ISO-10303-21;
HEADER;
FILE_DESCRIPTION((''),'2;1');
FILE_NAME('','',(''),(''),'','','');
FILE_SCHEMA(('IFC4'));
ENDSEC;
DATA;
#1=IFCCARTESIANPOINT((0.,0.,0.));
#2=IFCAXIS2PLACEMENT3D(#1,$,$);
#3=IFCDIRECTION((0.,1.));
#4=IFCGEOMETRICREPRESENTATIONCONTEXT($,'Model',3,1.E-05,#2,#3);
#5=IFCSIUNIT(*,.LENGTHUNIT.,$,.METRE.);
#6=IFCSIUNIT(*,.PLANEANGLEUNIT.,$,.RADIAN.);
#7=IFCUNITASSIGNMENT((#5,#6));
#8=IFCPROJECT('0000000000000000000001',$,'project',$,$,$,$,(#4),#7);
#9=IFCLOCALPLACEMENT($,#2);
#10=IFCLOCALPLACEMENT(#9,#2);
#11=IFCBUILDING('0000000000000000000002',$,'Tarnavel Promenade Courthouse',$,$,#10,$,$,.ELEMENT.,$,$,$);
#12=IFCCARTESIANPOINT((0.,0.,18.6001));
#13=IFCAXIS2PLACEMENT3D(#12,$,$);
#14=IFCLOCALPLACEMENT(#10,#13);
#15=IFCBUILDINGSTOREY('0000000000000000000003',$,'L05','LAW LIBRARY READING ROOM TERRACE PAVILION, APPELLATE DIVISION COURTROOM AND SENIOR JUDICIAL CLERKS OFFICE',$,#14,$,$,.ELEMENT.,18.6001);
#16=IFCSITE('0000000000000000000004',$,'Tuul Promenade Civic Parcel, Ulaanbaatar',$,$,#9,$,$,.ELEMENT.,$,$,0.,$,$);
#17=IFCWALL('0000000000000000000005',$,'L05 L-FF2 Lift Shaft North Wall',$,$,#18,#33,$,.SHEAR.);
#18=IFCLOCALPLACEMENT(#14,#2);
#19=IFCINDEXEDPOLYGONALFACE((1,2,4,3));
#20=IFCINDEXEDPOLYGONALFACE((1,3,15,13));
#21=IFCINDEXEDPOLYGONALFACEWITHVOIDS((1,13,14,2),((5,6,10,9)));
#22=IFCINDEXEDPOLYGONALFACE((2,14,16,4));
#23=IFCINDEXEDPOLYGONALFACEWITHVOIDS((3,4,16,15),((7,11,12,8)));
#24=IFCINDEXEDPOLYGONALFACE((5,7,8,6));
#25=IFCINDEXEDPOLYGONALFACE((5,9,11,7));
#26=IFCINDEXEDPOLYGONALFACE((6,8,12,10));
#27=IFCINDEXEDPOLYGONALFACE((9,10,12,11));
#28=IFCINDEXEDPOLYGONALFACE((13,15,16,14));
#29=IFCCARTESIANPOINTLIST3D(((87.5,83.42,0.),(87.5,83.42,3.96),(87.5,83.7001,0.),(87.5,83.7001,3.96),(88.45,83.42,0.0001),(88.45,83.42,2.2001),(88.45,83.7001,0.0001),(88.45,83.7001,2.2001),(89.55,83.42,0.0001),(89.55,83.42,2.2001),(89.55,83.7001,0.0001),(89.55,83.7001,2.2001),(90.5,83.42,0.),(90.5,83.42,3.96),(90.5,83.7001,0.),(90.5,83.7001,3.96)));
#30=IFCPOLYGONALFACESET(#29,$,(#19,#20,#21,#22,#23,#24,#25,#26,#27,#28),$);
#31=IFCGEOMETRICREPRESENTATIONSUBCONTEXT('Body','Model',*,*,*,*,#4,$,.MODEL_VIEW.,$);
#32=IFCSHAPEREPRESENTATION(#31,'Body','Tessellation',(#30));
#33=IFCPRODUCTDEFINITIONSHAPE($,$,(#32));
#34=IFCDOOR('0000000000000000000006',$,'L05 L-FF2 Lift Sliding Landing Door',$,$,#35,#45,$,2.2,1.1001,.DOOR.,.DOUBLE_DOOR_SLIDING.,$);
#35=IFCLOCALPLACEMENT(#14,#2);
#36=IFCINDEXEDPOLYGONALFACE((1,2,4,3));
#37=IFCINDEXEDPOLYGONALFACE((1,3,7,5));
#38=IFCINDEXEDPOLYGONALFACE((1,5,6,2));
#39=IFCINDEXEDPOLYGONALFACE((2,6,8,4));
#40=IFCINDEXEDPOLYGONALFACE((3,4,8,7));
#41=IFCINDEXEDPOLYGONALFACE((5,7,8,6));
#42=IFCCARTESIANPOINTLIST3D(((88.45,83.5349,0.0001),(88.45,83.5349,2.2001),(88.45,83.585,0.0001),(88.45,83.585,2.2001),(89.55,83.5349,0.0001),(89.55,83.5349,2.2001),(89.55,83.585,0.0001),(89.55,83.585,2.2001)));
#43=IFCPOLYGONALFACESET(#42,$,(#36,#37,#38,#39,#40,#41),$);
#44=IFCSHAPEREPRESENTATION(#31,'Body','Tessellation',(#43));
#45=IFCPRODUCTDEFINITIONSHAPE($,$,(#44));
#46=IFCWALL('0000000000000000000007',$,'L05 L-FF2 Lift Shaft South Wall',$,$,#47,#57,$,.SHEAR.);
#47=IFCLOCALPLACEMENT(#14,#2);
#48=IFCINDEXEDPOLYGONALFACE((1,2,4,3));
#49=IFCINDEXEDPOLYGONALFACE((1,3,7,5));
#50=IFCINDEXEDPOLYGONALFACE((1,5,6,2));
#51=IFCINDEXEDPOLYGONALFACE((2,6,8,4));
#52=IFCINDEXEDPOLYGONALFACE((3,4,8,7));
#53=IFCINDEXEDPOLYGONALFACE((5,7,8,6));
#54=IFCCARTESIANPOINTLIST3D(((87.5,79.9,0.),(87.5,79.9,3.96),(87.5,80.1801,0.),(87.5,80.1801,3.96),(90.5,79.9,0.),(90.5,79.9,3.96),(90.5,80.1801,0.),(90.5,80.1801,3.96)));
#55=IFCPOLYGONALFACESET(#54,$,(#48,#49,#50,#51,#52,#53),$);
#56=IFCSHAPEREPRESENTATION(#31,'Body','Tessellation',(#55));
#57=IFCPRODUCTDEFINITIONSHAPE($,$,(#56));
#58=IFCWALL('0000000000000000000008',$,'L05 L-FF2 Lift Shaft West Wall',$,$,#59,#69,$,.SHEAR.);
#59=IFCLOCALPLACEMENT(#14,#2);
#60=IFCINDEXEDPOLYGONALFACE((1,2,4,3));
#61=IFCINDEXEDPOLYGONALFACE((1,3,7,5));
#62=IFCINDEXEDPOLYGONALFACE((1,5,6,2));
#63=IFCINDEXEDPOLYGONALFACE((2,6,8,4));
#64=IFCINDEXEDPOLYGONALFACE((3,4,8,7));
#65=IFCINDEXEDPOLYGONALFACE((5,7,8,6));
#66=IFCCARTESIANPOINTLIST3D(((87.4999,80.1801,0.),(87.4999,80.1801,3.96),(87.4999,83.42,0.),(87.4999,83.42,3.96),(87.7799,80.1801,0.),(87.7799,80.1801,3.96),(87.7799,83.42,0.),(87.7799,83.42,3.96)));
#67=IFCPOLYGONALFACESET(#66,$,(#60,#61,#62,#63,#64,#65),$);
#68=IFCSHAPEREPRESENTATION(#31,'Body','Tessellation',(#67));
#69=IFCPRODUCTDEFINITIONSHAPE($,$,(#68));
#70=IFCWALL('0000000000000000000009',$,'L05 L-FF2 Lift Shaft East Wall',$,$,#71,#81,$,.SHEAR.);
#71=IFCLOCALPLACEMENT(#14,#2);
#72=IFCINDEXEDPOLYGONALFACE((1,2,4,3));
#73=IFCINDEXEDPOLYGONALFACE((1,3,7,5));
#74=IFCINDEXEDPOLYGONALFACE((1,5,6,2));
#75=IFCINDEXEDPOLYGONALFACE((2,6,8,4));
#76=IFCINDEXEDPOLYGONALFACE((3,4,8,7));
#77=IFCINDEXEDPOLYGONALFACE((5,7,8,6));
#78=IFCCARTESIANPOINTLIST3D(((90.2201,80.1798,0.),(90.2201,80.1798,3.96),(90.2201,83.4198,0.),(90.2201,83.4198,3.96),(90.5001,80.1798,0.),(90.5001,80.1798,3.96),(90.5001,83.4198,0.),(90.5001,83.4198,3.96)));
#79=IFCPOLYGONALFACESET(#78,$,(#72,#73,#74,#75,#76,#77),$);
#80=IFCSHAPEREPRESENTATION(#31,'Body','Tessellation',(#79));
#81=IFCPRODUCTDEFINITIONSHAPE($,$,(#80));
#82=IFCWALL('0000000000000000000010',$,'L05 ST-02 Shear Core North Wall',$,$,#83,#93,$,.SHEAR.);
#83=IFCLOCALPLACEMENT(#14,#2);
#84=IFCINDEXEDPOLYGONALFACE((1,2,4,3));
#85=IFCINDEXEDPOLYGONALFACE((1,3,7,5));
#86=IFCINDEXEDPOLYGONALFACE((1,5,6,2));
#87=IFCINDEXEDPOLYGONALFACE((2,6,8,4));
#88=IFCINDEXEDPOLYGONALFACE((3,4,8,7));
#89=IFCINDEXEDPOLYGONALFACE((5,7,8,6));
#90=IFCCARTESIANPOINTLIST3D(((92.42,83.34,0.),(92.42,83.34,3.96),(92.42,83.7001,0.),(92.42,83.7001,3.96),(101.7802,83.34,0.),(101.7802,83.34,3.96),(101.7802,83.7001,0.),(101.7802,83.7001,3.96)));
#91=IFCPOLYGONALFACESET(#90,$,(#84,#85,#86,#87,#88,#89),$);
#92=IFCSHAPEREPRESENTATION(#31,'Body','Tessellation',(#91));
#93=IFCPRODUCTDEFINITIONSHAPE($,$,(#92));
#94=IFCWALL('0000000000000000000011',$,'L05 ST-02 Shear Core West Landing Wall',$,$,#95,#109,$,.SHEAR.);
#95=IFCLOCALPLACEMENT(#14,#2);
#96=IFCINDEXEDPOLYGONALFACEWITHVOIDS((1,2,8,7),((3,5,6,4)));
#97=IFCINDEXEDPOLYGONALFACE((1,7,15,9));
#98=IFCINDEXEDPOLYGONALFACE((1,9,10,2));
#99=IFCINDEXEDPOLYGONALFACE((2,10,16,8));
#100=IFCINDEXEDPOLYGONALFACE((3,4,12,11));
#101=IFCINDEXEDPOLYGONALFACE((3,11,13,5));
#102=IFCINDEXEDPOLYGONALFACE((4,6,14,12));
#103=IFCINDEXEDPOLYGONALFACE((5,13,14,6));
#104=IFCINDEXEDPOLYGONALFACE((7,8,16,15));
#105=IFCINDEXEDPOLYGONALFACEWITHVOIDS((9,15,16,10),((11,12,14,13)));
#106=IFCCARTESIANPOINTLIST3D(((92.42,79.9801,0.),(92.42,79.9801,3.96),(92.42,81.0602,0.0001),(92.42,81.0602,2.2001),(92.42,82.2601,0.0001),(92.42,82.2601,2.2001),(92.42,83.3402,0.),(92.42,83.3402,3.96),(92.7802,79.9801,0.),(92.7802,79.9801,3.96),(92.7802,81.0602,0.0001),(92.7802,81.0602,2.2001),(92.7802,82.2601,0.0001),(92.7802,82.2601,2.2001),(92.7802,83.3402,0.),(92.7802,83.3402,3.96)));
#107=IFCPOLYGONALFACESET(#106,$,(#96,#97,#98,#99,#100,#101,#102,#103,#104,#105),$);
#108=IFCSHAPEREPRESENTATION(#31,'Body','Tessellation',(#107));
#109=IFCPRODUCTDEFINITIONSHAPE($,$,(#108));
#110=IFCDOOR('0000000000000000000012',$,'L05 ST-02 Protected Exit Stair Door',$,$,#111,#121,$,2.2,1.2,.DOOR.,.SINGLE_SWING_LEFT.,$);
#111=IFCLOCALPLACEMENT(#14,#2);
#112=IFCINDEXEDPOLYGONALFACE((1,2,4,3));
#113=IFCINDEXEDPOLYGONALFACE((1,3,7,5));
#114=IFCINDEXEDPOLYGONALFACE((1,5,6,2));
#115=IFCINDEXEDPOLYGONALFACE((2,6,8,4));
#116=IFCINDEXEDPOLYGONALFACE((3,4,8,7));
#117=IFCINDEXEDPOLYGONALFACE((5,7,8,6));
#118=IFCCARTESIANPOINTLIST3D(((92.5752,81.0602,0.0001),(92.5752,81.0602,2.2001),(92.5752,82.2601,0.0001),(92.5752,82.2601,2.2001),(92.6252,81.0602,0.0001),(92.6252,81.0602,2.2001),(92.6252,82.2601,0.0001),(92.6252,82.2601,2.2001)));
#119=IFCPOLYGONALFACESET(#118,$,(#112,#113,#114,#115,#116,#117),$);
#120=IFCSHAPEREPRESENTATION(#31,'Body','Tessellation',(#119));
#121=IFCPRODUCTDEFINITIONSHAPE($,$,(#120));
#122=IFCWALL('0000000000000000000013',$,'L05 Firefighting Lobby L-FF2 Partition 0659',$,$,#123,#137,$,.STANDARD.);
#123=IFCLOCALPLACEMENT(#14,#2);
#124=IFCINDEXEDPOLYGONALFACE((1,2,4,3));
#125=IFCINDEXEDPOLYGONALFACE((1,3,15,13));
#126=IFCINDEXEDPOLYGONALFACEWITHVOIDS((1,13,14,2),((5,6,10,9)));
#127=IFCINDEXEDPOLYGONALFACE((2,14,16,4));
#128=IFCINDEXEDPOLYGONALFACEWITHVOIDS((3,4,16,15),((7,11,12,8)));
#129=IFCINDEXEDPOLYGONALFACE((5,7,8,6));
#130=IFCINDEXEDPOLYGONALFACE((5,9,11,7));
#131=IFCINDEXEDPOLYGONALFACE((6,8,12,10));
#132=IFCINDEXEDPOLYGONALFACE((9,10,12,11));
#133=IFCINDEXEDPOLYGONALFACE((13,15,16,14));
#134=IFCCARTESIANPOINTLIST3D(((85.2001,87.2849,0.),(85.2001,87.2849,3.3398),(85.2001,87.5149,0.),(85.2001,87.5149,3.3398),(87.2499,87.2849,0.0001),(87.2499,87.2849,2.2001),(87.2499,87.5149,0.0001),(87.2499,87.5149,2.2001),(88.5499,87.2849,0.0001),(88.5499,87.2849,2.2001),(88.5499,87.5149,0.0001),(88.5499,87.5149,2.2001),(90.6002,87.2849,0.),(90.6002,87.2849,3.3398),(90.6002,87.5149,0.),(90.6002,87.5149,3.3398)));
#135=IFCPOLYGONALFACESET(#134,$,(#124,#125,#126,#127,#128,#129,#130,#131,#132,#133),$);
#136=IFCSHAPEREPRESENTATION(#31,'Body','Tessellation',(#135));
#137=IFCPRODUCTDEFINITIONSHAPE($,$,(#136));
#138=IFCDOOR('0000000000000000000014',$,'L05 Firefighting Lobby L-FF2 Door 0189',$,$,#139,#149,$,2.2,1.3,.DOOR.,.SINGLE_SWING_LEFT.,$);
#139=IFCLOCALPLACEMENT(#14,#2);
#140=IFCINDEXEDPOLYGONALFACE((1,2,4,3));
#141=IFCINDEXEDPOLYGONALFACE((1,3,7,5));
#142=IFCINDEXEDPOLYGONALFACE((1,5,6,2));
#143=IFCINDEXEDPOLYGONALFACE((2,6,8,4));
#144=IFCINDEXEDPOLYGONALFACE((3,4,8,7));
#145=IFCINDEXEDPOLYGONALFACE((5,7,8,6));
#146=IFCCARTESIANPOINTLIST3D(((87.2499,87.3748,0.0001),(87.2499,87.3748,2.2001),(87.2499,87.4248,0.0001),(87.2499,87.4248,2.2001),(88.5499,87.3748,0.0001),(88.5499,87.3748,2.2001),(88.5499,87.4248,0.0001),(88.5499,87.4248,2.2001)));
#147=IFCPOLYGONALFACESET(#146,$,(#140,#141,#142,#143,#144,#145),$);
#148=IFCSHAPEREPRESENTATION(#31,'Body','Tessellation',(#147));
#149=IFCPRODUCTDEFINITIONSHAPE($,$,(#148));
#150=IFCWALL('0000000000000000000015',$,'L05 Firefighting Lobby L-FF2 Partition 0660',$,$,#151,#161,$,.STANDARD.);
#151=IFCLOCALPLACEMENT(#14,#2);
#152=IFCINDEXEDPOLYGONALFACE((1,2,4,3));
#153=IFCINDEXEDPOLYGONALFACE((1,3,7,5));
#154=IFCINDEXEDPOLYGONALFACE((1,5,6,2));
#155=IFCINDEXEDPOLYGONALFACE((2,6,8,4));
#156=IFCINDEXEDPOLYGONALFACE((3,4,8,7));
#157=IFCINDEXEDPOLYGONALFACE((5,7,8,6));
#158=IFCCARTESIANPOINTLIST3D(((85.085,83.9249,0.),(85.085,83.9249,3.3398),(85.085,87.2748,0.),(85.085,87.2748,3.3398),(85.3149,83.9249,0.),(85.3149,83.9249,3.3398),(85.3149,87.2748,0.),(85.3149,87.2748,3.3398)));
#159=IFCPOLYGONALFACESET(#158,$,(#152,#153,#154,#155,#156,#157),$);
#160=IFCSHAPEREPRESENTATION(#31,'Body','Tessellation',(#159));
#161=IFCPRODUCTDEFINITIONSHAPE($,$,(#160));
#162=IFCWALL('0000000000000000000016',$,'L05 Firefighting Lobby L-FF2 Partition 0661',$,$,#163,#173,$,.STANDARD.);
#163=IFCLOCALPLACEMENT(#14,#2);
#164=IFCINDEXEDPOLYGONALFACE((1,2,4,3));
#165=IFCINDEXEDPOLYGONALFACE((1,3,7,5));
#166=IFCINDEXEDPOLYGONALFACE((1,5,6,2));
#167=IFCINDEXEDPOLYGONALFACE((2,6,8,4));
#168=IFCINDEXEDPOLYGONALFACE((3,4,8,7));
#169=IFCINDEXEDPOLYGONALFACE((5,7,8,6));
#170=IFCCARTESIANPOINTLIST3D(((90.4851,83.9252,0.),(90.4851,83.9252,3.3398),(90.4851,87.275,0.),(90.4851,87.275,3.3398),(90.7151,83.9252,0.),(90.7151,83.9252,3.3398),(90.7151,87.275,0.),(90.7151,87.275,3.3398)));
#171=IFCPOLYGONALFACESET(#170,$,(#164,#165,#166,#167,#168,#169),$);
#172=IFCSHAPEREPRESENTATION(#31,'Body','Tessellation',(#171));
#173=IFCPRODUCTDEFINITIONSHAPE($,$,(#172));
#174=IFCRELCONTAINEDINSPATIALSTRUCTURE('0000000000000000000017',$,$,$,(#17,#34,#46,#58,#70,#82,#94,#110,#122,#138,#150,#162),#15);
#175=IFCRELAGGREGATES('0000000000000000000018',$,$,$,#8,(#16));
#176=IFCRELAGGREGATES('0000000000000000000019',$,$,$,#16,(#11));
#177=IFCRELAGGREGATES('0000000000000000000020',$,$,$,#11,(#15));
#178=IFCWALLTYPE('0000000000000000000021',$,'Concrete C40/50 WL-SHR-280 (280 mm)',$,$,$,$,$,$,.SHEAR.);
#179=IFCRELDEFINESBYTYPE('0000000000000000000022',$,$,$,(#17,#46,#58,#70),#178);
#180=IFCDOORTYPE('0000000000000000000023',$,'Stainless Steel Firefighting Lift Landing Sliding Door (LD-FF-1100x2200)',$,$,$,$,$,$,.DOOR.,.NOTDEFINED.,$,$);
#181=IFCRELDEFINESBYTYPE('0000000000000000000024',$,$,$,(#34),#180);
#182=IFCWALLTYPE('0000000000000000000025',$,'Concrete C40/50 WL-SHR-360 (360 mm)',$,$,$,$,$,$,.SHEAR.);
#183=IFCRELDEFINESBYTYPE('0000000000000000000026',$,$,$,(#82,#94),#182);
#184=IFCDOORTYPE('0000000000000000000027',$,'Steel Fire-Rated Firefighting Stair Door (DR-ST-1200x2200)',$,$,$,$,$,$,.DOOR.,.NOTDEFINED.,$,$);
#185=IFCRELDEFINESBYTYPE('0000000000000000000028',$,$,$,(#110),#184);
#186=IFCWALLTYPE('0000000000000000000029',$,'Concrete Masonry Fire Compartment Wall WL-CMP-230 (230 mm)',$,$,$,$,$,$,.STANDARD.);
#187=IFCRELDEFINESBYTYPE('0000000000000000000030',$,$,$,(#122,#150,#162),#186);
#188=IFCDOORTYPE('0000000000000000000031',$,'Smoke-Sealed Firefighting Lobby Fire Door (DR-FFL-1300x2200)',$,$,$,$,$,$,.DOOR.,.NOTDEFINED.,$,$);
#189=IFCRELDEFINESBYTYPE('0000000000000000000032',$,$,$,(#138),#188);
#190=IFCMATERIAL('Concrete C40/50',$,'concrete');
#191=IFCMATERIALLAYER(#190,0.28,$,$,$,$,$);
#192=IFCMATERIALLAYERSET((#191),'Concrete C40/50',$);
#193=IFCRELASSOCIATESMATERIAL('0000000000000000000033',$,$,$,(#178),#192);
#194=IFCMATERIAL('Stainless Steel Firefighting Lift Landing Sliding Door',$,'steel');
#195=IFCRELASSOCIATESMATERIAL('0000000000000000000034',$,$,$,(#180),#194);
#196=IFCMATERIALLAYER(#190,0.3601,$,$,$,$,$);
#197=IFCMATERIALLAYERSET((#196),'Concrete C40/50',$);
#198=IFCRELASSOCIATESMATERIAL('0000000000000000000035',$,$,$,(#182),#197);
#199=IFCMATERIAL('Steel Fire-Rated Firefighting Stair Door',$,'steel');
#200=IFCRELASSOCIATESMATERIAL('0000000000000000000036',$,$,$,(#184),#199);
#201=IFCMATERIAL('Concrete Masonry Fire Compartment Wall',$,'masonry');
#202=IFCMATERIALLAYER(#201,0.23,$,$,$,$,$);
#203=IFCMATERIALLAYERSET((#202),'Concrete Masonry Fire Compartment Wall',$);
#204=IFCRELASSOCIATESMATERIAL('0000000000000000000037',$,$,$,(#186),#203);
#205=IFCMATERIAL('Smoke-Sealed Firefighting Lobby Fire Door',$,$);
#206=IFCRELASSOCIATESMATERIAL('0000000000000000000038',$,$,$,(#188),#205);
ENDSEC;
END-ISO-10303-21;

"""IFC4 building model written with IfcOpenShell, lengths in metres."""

from ifc_helpers import new_model, si_unit, direction, frame, frame_2d, origin, place, context, subcontext, project, spatial, rectangle, extrude, material, layer, layer_set, type_object, element, fill, save


model = new_model("IFC4")

# Units and contexts
model_context = context("Model", 3, precision=1e-05, world=origin(), true_north=direction((0.0, 1.0)))
body_context = subcontext(model_context, "Body", "Model", "MODEL_VIEW")
ifc_project = project(units=[si_unit("LENGTHUNIT", "METRE"), si_unit("PLANEANGLEUNIT", "RADIAN")], contexts=[model_context])

# Site, building, storey
site_placement = place(None, origin())
site = spatial("IfcSite", under=ifc_project, at=site_placement, Name="Tuul Promenade Civic Parcel, Ulaanbaatar", CompositionType="ELEMENT", RefElevation=0.0)
building_placement = place(site_placement, origin())
building = spatial("IfcBuilding", under=site, at=building_placement, Name="Tarnavel Promenade Courthouse", CompositionType="ELEMENT")
storey_placement = place(building_placement, frame((0.0, 0.0, 18.6001)))
storey = spatial("IfcBuildingStorey", under=building, at=storey_placement, Name="L05", Description="LAW LIBRARY READING ROOM TERRACE PAVILION, APPELLATE DIVISION COURTROOM AND SENIOR JUDICIAL CLERKS OFFICE", CompositionType="ELEMENT", Elevation=18.6001)

# Shared definitions
ifc_material_1 = material(Name="Concrete C40/50", Category="concrete")

# Wall, opening, door
ifc_layer_1 = layer(ifc_material_1, 0.28)
ifc_layer_set_1 = layer_set([ifc_layer_1], Name="Concrete C40/50")
wall_type_1 = type_object("IfcWallType", Name="Concrete C40/50 WL-SHR-280 (280 mm)", PredefinedType="SHEAR", material=ifc_layer_set_1)
wall_1_placement = place(storey_placement, frame((87.5, 83.5601, 0.0), z_axis=(0.0, 0.0, 1.0), x_axis=(1.0, 0.0, 0.0)))
wall_1 = element("IfcWall", 1, at=wall_1_placement, inside=storey, type_object=wall_type_1, Name="L05 L-FF2 Lift Shaft North Wall", PredefinedType="SHEAR", context=body_context, shape_type="SweptSolid", body=[
    extrude(rectangle(XDim=3.0, YDim=0.28, at=frame_2d((1.5, 0.0))), origin(), (0.0, 0.0, 1.0), 3.96),
])
opening_1_placement = place(wall_1_placement, frame((0.95, 0.0, 0.0)))
opening_1 = element("IfcOpeningElement", 2, at=opening_1_placement, cuts=wall_1, PredefinedType="OPENING", context=body_context, shape_type="SweptSolid", body=[
    extrude(rectangle(XDim=1.1001, YDim=2.2, at=frame_2d((0.55, 1.1001))), frame((0.0, 0.1499, 0.0), z_axis=(0.0, -1.0, 0.0), x_axis=(1.0, 0.0, 0.0)), (0.0, 0.0, 1.0), 0.3),
])
ifc_material_2 = material(Name="Stainless Steel Firefighting Lift Landing Sliding Door", Category="steel")
door_type_1 = type_object("IfcDoorType", Name="Stainless Steel Firefighting Lift Landing Sliding Door (LD-FF-1100x2200)", OperationType="NOTDEFINED", PredefinedType="DOOR", material=ifc_material_2)
door_1_placement = place(opening_1_placement, origin())
door_1 = element("IfcDoor", 3, at=door_1_placement, inside=storey, type_object=door_type_1, Name="L05 L-FF2 Lift Sliding Landing Door", OperationType="DOUBLE_DOOR_SLIDING", OverallHeight=2.2, OverallWidth=1.1001, PredefinedType="DOOR", context=body_context, shape_type="SweptSolid", body=[
    extrude(rectangle(XDim=1.1001, YDim=2.2, at=frame_2d((0.55, 1.1001))), frame((0.0, 0.0249, 0.0), z_axis=(0.0, -1.0, 0.0), x_axis=(1.0, 0.0, 0.0)), (0.0, 0.0, 1.0), 0.05),
])
fill(opening_1, door_1)

# Walls
wall_2_placement = place(storey_placement, frame((90.5, 80.04, 0.0), z_axis=(0.0, 0.0, 1.0), x_axis=(-1.0, 0.0, 0.0)))
element("IfcWall", 4, at=wall_2_placement, inside=storey, type_object=wall_type_1, Name="L05 L-FF2 Lift Shaft South Wall", PredefinedType="SHEAR", context=body_context, shape_type="SweptSolid", body=[
    extrude(rectangle(XDim=3.0, YDim=0.28, at=frame_2d((1.5, 0.0))), origin(), (0.0, 0.0, 1.0), 3.96),
])
for number, where, z_axis, x_axis, name in (
    (5, (87.6399, 80.1799, 0.0), (0.0, 0.0, 1.0), (0.0, 1.0, 0.0), "L05 L-FF2 Lift Shaft West Wall"),
    (6, (90.3601, 83.4199, 0.0), (0.0, 0.0, 1.0), (0.0, -1.0, 0.0), "L05 L-FF2 Lift Shaft East Wall"),
):
    element("IfcWall", number, at=place(storey_placement, frame(where, z_axis=z_axis, x_axis=x_axis)), inside=storey, type_object=wall_type_1, Name=name, PredefinedType="SHEAR", context=body_context, shape_type="SweptSolid", body=[
        extrude(rectangle(XDim=3.24, YDim=0.28, at=frame_2d((1.6201, 0.0))), origin(), (0.0, 0.0, 1.0), 3.96),
    ])
ifc_layer_2 = layer(ifc_material_1, 0.3601)
ifc_layer_set_2 = layer_set([ifc_layer_2], Name="Concrete C40/50")
wall_type_2 = type_object("IfcWallType", Name="Concrete C40/50 WL-SHR-360 (360 mm)", PredefinedType="SHEAR", material=ifc_layer_set_2)
wall_3_placement = place(storey_placement, frame((92.4199, 83.52, 0.0), z_axis=(0.0, 0.0, 1.0), x_axis=(1.0, 0.0, 0.0)))
element("IfcWall", 7, at=wall_3_placement, inside=storey, type_object=wall_type_2, Name="L05 ST-02 Shear Core North Wall", PredefinedType="SHEAR", context=body_context, shape_type="SweptSolid", body=[
    extrude(rectangle(XDim=9.3601, YDim=0.3601, at=frame_2d((4.6802, 0.0))), origin(), (0.0, 0.0, 1.0), 3.96),
])

# Walls, openings, doors
wall_4_placement = place(storey_placement, frame((92.6001, 79.98, 0.0), z_axis=(0.0, 0.0, 1.0), x_axis=(0.0, 1.0, 0.0)))
wall_4 = element("IfcWall", 8, at=wall_4_placement, inside=storey, type_object=wall_type_2, Name="L05 ST-02 Shear Core West Landing Wall", PredefinedType="SHEAR", context=body_context, shape_type="SweptSolid", body=[
    extrude(rectangle(XDim=3.3601, YDim=0.3601, at=frame_2d((1.6802, 0.0))), origin(), (0.0, 0.0, 1.0), 3.96),
])
opening_2_placement = place(wall_4_placement, frame((1.0801, 0.0, 0.0)))
opening_2 = element("IfcOpeningElement", 9, at=opening_2_placement, cuts=wall_4, PredefinedType="OPENING", context=body_context, shape_type="SweptSolid", body=[
    extrude(rectangle(XDim=1.2, YDim=2.2, at=frame_2d((0.6001, 1.1001))), frame((0.0, 0.1899, 0.0), z_axis=(0.0, -1.0, 0.0), x_axis=(1.0, 0.0, 0.0)), (0.0, 0.0, 1.0), 0.3801),
])
ifc_material_3 = material(Name="Steel Fire-Rated Firefighting Stair Door", Category="steel")
door_type_2 = type_object("IfcDoorType", Name="Steel Fire-Rated Firefighting Stair Door (DR-ST-1200x2200)", OperationType="NOTDEFINED", PredefinedType="DOOR", material=ifc_material_3)
door_2_placement = place(opening_2_placement, origin())
door_2 = element("IfcDoor", 10, at=door_2_placement, inside=storey, type_object=door_type_2, Name="L05 ST-02 Protected Exit Stair Door", OperationType="SINGLE_SWING_LEFT", OverallHeight=2.2, OverallWidth=1.2, PredefinedType="DOOR", context=body_context, shape_type="SweptSolid", body=[
    extrude(rectangle(XDim=1.2, YDim=2.2, at=frame_2d((0.6001, 1.1001))), frame((0.0, 0.0249, 0.0), z_axis=(0.0, -1.0, 0.0), x_axis=(1.0, 0.0, 0.0)), (0.0, 0.0, 1.0), 0.05),
])
fill(opening_2, door_2)
ifc_material_4 = material(Name="Concrete Masonry Fire Compartment Wall", Category="masonry")
ifc_layer_3 = layer(ifc_material_4, 0.23)
ifc_layer_set_3 = layer_set([ifc_layer_3], Name="Concrete Masonry Fire Compartment Wall")
wall_type_3 = type_object("IfcWallType", Name="Concrete Masonry Fire Compartment Wall WL-CMP-230 (230 mm)", PredefinedType="STANDARD", material=ifc_layer_set_3)
wall_5_placement = place(storey_placement, frame((85.2, 87.3999, 0.0), z_axis=(0.0, 0.0, 1.0), x_axis=(1.0, 0.0, 0.0)))
wall_5 = element("IfcWall", 11, at=wall_5_placement, inside=storey, type_object=wall_type_3, Name="L05 Firefighting Lobby L-FF2 Partition 0659", PredefinedType="STANDARD", context=body_context, shape_type="SweptSolid", body=[
    extrude(rectangle(XDim=5.4001, YDim=0.23, at=frame_2d((2.7002, 0.0))), origin(), (0.0, 0.0, 1.0), 3.3398),
])
opening_3_placement = place(wall_5_placement, frame((2.05, 0.0, 0.0)))
opening_3 = element("IfcOpeningElement", 12, at=opening_3_placement, cuts=wall_5, PredefinedType="OPENING", context=body_context, shape_type="SweptSolid", body=[
    extrude(rectangle(XDim=1.3, YDim=2.2, at=frame_2d((0.6499, 1.1001))), frame((0.0, 0.125, 0.0), z_axis=(0.0, -1.0, 0.0), x_axis=(1.0, 0.0, 0.0)), (0.0, 0.0, 1.0), 0.25),
])
ifc_material_5 = material(Name="Smoke-Sealed Firefighting Lobby Fire Door")
door_type_3 = type_object("IfcDoorType", Name="Smoke-Sealed Firefighting Lobby Fire Door (DR-FFL-1300x2200)", OperationType="NOTDEFINED", PredefinedType="DOOR", material=ifc_material_5)
door_3_placement = place(opening_3_placement, origin())
door_3 = element("IfcDoor", 13, at=door_3_placement, inside=storey, type_object=door_type_3, Name="L05 Firefighting Lobby L-FF2 Door 0189", OperationType="SINGLE_SWING_LEFT", OverallHeight=2.2, OverallWidth=1.3, PredefinedType="DOOR", context=body_context, shape_type="SweptSolid", body=[
    extrude(rectangle(XDim=1.3, YDim=2.2, at=frame_2d((0.6499, 1.1001))), frame((0.0, 0.0249, 0.0), z_axis=(0.0, -1.0, 0.0), x_axis=(1.0, 0.0, 0.0)), (0.0, 0.0, 1.0), 0.05),
])
fill(opening_3, door_3)

# Walls
for number, where, z_axis, x_axis, name in (
    (14, (85.2, 83.925, 0.0), (0.0, 0.0, 1.0), (0.0, 1.0, 0.0), "L05 Firefighting Lobby L-FF2 Partition 0660"),
    (15, (90.6001, 87.2749, 0.0), (0.0, 0.0, 1.0), (0.0, -1.0, 0.0), "L05 Firefighting Lobby L-FF2 Partition 0661"),
):
    element("IfcWall", number, at=place(storey_placement, frame(where, z_axis=z_axis, x_axis=x_axis)), inside=storey, type_object=wall_type_3, Name=name, PredefinedType="STANDARD", context=body_context, shape_type="SweptSolid", body=[
        extrude(rectangle(XDim=3.3499, YDim=0.23, at=frame_2d((1.6748, 0.0))), origin(), (0.0, 0.0, 1.0), 3.3398),
    ])

save(model, "model.ifc")
